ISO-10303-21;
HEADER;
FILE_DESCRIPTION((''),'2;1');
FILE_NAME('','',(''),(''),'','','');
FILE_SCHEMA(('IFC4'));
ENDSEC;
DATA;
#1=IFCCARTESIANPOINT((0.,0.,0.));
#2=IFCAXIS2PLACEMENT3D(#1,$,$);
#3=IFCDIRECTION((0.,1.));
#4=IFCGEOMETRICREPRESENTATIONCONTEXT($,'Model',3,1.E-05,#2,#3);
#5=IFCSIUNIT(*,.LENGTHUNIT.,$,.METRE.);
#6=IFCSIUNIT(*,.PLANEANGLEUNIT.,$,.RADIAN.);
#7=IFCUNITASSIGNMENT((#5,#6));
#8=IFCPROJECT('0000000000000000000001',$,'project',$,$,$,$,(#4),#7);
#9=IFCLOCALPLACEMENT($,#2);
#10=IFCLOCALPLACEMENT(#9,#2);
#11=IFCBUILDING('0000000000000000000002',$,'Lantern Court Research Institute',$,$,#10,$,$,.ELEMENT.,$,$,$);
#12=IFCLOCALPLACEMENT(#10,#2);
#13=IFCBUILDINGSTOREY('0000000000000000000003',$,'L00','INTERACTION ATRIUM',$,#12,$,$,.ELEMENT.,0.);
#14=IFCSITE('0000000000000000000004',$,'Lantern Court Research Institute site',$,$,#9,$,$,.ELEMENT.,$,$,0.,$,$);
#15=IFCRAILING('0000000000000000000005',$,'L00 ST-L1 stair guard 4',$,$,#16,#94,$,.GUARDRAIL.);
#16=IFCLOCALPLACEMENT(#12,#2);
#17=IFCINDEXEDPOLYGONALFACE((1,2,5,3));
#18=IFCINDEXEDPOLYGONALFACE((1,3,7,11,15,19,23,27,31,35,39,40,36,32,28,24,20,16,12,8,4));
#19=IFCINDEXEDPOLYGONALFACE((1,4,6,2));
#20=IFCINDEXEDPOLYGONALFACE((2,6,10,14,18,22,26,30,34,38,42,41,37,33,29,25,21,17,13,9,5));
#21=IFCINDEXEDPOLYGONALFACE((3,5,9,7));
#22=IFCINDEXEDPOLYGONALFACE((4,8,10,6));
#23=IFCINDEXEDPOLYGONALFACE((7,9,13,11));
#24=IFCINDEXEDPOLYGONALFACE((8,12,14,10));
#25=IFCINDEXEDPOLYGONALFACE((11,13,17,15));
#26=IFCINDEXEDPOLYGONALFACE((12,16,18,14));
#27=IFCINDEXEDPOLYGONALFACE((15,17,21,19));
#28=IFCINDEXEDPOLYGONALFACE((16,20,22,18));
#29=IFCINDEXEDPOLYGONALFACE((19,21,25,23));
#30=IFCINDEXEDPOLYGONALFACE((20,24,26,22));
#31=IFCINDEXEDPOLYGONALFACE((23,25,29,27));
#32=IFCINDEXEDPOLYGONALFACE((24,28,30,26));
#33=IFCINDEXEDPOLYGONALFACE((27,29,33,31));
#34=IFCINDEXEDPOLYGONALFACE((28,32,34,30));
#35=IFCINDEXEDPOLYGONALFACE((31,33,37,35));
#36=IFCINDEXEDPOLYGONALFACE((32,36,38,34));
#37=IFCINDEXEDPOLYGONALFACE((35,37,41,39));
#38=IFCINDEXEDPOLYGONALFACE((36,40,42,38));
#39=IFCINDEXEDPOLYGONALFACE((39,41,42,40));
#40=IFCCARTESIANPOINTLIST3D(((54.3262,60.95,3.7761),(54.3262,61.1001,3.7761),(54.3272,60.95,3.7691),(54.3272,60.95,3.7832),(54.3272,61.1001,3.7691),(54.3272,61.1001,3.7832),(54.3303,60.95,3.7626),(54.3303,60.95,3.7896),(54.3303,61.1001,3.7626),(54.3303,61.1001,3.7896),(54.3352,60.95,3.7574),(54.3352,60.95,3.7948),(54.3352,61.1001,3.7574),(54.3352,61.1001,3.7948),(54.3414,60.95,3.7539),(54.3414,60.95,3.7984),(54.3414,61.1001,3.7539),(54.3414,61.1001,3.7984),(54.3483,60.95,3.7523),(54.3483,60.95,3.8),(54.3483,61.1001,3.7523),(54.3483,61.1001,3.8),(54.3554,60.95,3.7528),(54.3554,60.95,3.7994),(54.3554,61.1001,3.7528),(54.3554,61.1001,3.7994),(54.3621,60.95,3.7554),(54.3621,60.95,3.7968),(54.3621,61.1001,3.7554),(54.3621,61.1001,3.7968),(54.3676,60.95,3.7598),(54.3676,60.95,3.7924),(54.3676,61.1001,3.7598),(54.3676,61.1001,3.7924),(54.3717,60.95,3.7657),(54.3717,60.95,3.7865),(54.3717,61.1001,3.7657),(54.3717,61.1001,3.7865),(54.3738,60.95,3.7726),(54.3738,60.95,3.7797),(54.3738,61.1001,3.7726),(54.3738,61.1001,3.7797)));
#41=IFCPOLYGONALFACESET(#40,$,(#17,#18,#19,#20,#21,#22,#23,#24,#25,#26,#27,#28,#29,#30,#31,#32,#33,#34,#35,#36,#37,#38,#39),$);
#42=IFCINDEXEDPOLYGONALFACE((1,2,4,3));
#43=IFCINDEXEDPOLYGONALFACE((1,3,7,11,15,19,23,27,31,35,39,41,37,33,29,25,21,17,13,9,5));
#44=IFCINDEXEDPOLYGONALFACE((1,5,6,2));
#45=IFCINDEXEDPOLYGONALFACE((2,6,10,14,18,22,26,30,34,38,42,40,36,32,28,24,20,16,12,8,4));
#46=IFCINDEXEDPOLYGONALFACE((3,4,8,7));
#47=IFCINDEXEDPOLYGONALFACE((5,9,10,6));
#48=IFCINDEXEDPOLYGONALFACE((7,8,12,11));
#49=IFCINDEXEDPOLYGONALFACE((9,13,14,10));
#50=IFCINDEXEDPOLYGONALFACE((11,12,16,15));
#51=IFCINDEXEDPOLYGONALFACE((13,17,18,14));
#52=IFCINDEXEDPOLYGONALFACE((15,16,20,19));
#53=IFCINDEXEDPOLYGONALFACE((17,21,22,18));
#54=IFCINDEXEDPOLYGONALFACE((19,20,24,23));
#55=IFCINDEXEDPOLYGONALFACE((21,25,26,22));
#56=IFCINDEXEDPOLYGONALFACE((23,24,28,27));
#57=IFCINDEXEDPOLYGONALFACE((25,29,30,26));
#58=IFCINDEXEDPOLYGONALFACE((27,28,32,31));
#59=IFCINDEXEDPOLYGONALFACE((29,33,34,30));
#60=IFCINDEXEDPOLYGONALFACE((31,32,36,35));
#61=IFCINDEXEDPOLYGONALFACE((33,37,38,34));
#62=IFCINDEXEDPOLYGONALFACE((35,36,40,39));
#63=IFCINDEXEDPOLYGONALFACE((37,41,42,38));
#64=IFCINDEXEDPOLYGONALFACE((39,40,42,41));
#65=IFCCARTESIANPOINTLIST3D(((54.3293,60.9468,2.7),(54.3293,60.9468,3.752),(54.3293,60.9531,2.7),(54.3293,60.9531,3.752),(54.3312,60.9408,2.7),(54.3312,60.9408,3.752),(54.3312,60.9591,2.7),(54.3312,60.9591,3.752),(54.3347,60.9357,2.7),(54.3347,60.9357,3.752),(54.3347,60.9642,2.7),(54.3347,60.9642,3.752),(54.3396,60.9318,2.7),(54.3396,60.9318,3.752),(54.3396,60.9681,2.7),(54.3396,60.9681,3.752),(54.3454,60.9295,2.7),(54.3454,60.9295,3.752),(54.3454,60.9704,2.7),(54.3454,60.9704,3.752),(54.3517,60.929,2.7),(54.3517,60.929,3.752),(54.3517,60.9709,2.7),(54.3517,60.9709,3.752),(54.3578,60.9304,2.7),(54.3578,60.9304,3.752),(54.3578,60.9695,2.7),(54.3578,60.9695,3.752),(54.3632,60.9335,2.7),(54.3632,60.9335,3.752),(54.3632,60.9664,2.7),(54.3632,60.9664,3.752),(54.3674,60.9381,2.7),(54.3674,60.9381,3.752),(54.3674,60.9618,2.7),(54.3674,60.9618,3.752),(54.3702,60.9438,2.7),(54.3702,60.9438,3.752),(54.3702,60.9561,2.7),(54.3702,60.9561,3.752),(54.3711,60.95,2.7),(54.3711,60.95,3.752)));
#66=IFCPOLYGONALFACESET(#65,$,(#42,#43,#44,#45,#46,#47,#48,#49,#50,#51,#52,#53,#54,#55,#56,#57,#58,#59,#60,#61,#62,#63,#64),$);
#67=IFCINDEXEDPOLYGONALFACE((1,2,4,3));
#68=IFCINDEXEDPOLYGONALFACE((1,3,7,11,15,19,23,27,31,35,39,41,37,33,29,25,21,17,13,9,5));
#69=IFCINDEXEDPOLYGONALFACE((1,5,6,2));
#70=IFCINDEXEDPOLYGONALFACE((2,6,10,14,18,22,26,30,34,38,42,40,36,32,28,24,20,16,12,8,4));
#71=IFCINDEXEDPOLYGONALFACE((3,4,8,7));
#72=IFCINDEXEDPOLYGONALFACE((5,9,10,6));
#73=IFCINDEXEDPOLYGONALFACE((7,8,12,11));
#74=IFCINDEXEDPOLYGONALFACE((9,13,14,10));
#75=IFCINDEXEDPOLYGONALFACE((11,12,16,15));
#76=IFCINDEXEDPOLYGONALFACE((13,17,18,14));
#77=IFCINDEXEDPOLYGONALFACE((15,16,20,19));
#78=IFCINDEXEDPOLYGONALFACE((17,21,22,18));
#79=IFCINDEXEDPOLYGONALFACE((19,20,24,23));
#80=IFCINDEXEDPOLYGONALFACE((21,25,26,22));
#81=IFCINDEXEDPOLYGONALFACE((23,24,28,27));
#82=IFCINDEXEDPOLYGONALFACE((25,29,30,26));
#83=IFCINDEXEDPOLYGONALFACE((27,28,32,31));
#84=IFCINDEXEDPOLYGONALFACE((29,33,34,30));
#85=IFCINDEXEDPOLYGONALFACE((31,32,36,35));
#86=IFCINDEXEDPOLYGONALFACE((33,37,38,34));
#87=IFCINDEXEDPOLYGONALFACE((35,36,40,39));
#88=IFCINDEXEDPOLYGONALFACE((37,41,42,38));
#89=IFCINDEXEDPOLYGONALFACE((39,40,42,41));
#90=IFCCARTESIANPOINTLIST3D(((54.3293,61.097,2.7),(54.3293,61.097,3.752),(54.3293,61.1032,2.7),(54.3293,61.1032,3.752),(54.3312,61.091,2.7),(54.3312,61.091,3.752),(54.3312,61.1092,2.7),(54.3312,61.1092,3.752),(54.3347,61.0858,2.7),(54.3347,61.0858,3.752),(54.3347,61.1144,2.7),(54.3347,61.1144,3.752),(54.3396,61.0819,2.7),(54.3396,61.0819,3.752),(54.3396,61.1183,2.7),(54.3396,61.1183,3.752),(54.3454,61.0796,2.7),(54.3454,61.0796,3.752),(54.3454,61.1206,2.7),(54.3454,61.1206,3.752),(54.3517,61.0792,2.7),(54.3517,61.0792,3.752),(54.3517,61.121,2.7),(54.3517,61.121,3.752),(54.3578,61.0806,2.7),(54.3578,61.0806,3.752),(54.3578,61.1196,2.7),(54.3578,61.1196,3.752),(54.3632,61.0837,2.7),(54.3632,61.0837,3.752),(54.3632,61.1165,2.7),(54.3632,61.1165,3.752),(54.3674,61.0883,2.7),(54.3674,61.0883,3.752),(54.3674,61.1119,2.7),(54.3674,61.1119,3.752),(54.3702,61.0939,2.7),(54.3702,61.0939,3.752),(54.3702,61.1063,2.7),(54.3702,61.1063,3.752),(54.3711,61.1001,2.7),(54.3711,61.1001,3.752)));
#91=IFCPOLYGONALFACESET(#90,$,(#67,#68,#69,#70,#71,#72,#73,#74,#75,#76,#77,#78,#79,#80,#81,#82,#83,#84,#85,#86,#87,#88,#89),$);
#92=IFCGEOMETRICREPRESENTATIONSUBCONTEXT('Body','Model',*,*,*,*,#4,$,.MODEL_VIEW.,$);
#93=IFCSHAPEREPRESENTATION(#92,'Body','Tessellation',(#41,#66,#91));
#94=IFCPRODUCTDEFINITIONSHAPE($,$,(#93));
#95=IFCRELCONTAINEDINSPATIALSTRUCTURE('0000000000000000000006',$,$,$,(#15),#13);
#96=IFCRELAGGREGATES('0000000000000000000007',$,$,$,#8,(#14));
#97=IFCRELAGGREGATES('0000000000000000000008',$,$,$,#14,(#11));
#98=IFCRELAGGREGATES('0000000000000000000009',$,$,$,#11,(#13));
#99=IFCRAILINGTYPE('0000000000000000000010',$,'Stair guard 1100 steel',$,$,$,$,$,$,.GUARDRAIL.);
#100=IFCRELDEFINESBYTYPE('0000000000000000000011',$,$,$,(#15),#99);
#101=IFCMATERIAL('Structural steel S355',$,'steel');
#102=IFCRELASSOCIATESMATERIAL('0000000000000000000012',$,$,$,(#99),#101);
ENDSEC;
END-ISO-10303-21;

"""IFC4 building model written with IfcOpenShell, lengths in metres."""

from ifc_helpers import new_model, si_unit, direction, frame, origin, origin_2d, place, context, subcontext, project, spatial, circle, extrude, material, type_object, element, save


model = new_model("IFC4")

# Units and contexts
model_context = context("Model", 3, precision=1e-05, world=origin(), true_north=direction((0.0, 1.0)))
body_context = subcontext(model_context, "Body", "Model", "MODEL_VIEW")
ifc_project = project(units=[si_unit("LENGTHUNIT", "METRE"), si_unit("PLANEANGLEUNIT", "RADIAN")], contexts=[model_context])

# Site, building, storey
site_placement = place(None, origin())
site = spatial("IfcSite", under=ifc_project, at=site_placement, Name="Lantern Court Research Institute site", CompositionType="ELEMENT", RefElevation=0.0)
building_placement = place(site_placement, origin())
building = spatial("IfcBuilding", under=site, at=building_placement, Name="Lantern Court Research Institute", CompositionType="ELEMENT")
storey_placement = place(building_placement, origin())
storey = spatial("IfcBuildingStorey", under=building, at=storey_placement, Name="L00", Description="INTERACTION ATRIUM", CompositionType="ELEMENT", Elevation=0.0)

# Railing
ifc_material_1 = material(Name="Structural steel S355", Category="steel")
railing_type_1 = type_object("IfcRailingType", Name="Stair guard 1100 steel", PredefinedType="GUARDRAIL", material=ifc_material_1)
railing_1_placement = place(storey_placement, frame((54.3501, 60.95, 2.7)))
element("IfcRailing", 1, at=railing_1_placement, inside=storey, type_object=railing_type_1, Name="L00 ST-L1 stair guard 4", PredefinedType="GUARDRAIL", context=body_context, shape_type="SweptSolid", body=[
    extrude(circle(Radius=0.0239, at=origin_2d()), frame((0.0, 0.0, 1.0762), z_axis=(0.0, 1.0, 0.0), x_axis=(-1.0, 0.0, 0.0)), (0.0, 0.0, 1.0), 0.1501),
    extrude(circle(Radius=0.021, at=origin_2d()), origin(), (0.0, 0.0, 1.0), 1.052),
    extrude(circle(Radius=0.021, at=origin_2d()), frame((0.0, 0.1501, 0.0)), (0.0, 0.0, 1.0), 1.052),
])

save(model, "model.ifc")
